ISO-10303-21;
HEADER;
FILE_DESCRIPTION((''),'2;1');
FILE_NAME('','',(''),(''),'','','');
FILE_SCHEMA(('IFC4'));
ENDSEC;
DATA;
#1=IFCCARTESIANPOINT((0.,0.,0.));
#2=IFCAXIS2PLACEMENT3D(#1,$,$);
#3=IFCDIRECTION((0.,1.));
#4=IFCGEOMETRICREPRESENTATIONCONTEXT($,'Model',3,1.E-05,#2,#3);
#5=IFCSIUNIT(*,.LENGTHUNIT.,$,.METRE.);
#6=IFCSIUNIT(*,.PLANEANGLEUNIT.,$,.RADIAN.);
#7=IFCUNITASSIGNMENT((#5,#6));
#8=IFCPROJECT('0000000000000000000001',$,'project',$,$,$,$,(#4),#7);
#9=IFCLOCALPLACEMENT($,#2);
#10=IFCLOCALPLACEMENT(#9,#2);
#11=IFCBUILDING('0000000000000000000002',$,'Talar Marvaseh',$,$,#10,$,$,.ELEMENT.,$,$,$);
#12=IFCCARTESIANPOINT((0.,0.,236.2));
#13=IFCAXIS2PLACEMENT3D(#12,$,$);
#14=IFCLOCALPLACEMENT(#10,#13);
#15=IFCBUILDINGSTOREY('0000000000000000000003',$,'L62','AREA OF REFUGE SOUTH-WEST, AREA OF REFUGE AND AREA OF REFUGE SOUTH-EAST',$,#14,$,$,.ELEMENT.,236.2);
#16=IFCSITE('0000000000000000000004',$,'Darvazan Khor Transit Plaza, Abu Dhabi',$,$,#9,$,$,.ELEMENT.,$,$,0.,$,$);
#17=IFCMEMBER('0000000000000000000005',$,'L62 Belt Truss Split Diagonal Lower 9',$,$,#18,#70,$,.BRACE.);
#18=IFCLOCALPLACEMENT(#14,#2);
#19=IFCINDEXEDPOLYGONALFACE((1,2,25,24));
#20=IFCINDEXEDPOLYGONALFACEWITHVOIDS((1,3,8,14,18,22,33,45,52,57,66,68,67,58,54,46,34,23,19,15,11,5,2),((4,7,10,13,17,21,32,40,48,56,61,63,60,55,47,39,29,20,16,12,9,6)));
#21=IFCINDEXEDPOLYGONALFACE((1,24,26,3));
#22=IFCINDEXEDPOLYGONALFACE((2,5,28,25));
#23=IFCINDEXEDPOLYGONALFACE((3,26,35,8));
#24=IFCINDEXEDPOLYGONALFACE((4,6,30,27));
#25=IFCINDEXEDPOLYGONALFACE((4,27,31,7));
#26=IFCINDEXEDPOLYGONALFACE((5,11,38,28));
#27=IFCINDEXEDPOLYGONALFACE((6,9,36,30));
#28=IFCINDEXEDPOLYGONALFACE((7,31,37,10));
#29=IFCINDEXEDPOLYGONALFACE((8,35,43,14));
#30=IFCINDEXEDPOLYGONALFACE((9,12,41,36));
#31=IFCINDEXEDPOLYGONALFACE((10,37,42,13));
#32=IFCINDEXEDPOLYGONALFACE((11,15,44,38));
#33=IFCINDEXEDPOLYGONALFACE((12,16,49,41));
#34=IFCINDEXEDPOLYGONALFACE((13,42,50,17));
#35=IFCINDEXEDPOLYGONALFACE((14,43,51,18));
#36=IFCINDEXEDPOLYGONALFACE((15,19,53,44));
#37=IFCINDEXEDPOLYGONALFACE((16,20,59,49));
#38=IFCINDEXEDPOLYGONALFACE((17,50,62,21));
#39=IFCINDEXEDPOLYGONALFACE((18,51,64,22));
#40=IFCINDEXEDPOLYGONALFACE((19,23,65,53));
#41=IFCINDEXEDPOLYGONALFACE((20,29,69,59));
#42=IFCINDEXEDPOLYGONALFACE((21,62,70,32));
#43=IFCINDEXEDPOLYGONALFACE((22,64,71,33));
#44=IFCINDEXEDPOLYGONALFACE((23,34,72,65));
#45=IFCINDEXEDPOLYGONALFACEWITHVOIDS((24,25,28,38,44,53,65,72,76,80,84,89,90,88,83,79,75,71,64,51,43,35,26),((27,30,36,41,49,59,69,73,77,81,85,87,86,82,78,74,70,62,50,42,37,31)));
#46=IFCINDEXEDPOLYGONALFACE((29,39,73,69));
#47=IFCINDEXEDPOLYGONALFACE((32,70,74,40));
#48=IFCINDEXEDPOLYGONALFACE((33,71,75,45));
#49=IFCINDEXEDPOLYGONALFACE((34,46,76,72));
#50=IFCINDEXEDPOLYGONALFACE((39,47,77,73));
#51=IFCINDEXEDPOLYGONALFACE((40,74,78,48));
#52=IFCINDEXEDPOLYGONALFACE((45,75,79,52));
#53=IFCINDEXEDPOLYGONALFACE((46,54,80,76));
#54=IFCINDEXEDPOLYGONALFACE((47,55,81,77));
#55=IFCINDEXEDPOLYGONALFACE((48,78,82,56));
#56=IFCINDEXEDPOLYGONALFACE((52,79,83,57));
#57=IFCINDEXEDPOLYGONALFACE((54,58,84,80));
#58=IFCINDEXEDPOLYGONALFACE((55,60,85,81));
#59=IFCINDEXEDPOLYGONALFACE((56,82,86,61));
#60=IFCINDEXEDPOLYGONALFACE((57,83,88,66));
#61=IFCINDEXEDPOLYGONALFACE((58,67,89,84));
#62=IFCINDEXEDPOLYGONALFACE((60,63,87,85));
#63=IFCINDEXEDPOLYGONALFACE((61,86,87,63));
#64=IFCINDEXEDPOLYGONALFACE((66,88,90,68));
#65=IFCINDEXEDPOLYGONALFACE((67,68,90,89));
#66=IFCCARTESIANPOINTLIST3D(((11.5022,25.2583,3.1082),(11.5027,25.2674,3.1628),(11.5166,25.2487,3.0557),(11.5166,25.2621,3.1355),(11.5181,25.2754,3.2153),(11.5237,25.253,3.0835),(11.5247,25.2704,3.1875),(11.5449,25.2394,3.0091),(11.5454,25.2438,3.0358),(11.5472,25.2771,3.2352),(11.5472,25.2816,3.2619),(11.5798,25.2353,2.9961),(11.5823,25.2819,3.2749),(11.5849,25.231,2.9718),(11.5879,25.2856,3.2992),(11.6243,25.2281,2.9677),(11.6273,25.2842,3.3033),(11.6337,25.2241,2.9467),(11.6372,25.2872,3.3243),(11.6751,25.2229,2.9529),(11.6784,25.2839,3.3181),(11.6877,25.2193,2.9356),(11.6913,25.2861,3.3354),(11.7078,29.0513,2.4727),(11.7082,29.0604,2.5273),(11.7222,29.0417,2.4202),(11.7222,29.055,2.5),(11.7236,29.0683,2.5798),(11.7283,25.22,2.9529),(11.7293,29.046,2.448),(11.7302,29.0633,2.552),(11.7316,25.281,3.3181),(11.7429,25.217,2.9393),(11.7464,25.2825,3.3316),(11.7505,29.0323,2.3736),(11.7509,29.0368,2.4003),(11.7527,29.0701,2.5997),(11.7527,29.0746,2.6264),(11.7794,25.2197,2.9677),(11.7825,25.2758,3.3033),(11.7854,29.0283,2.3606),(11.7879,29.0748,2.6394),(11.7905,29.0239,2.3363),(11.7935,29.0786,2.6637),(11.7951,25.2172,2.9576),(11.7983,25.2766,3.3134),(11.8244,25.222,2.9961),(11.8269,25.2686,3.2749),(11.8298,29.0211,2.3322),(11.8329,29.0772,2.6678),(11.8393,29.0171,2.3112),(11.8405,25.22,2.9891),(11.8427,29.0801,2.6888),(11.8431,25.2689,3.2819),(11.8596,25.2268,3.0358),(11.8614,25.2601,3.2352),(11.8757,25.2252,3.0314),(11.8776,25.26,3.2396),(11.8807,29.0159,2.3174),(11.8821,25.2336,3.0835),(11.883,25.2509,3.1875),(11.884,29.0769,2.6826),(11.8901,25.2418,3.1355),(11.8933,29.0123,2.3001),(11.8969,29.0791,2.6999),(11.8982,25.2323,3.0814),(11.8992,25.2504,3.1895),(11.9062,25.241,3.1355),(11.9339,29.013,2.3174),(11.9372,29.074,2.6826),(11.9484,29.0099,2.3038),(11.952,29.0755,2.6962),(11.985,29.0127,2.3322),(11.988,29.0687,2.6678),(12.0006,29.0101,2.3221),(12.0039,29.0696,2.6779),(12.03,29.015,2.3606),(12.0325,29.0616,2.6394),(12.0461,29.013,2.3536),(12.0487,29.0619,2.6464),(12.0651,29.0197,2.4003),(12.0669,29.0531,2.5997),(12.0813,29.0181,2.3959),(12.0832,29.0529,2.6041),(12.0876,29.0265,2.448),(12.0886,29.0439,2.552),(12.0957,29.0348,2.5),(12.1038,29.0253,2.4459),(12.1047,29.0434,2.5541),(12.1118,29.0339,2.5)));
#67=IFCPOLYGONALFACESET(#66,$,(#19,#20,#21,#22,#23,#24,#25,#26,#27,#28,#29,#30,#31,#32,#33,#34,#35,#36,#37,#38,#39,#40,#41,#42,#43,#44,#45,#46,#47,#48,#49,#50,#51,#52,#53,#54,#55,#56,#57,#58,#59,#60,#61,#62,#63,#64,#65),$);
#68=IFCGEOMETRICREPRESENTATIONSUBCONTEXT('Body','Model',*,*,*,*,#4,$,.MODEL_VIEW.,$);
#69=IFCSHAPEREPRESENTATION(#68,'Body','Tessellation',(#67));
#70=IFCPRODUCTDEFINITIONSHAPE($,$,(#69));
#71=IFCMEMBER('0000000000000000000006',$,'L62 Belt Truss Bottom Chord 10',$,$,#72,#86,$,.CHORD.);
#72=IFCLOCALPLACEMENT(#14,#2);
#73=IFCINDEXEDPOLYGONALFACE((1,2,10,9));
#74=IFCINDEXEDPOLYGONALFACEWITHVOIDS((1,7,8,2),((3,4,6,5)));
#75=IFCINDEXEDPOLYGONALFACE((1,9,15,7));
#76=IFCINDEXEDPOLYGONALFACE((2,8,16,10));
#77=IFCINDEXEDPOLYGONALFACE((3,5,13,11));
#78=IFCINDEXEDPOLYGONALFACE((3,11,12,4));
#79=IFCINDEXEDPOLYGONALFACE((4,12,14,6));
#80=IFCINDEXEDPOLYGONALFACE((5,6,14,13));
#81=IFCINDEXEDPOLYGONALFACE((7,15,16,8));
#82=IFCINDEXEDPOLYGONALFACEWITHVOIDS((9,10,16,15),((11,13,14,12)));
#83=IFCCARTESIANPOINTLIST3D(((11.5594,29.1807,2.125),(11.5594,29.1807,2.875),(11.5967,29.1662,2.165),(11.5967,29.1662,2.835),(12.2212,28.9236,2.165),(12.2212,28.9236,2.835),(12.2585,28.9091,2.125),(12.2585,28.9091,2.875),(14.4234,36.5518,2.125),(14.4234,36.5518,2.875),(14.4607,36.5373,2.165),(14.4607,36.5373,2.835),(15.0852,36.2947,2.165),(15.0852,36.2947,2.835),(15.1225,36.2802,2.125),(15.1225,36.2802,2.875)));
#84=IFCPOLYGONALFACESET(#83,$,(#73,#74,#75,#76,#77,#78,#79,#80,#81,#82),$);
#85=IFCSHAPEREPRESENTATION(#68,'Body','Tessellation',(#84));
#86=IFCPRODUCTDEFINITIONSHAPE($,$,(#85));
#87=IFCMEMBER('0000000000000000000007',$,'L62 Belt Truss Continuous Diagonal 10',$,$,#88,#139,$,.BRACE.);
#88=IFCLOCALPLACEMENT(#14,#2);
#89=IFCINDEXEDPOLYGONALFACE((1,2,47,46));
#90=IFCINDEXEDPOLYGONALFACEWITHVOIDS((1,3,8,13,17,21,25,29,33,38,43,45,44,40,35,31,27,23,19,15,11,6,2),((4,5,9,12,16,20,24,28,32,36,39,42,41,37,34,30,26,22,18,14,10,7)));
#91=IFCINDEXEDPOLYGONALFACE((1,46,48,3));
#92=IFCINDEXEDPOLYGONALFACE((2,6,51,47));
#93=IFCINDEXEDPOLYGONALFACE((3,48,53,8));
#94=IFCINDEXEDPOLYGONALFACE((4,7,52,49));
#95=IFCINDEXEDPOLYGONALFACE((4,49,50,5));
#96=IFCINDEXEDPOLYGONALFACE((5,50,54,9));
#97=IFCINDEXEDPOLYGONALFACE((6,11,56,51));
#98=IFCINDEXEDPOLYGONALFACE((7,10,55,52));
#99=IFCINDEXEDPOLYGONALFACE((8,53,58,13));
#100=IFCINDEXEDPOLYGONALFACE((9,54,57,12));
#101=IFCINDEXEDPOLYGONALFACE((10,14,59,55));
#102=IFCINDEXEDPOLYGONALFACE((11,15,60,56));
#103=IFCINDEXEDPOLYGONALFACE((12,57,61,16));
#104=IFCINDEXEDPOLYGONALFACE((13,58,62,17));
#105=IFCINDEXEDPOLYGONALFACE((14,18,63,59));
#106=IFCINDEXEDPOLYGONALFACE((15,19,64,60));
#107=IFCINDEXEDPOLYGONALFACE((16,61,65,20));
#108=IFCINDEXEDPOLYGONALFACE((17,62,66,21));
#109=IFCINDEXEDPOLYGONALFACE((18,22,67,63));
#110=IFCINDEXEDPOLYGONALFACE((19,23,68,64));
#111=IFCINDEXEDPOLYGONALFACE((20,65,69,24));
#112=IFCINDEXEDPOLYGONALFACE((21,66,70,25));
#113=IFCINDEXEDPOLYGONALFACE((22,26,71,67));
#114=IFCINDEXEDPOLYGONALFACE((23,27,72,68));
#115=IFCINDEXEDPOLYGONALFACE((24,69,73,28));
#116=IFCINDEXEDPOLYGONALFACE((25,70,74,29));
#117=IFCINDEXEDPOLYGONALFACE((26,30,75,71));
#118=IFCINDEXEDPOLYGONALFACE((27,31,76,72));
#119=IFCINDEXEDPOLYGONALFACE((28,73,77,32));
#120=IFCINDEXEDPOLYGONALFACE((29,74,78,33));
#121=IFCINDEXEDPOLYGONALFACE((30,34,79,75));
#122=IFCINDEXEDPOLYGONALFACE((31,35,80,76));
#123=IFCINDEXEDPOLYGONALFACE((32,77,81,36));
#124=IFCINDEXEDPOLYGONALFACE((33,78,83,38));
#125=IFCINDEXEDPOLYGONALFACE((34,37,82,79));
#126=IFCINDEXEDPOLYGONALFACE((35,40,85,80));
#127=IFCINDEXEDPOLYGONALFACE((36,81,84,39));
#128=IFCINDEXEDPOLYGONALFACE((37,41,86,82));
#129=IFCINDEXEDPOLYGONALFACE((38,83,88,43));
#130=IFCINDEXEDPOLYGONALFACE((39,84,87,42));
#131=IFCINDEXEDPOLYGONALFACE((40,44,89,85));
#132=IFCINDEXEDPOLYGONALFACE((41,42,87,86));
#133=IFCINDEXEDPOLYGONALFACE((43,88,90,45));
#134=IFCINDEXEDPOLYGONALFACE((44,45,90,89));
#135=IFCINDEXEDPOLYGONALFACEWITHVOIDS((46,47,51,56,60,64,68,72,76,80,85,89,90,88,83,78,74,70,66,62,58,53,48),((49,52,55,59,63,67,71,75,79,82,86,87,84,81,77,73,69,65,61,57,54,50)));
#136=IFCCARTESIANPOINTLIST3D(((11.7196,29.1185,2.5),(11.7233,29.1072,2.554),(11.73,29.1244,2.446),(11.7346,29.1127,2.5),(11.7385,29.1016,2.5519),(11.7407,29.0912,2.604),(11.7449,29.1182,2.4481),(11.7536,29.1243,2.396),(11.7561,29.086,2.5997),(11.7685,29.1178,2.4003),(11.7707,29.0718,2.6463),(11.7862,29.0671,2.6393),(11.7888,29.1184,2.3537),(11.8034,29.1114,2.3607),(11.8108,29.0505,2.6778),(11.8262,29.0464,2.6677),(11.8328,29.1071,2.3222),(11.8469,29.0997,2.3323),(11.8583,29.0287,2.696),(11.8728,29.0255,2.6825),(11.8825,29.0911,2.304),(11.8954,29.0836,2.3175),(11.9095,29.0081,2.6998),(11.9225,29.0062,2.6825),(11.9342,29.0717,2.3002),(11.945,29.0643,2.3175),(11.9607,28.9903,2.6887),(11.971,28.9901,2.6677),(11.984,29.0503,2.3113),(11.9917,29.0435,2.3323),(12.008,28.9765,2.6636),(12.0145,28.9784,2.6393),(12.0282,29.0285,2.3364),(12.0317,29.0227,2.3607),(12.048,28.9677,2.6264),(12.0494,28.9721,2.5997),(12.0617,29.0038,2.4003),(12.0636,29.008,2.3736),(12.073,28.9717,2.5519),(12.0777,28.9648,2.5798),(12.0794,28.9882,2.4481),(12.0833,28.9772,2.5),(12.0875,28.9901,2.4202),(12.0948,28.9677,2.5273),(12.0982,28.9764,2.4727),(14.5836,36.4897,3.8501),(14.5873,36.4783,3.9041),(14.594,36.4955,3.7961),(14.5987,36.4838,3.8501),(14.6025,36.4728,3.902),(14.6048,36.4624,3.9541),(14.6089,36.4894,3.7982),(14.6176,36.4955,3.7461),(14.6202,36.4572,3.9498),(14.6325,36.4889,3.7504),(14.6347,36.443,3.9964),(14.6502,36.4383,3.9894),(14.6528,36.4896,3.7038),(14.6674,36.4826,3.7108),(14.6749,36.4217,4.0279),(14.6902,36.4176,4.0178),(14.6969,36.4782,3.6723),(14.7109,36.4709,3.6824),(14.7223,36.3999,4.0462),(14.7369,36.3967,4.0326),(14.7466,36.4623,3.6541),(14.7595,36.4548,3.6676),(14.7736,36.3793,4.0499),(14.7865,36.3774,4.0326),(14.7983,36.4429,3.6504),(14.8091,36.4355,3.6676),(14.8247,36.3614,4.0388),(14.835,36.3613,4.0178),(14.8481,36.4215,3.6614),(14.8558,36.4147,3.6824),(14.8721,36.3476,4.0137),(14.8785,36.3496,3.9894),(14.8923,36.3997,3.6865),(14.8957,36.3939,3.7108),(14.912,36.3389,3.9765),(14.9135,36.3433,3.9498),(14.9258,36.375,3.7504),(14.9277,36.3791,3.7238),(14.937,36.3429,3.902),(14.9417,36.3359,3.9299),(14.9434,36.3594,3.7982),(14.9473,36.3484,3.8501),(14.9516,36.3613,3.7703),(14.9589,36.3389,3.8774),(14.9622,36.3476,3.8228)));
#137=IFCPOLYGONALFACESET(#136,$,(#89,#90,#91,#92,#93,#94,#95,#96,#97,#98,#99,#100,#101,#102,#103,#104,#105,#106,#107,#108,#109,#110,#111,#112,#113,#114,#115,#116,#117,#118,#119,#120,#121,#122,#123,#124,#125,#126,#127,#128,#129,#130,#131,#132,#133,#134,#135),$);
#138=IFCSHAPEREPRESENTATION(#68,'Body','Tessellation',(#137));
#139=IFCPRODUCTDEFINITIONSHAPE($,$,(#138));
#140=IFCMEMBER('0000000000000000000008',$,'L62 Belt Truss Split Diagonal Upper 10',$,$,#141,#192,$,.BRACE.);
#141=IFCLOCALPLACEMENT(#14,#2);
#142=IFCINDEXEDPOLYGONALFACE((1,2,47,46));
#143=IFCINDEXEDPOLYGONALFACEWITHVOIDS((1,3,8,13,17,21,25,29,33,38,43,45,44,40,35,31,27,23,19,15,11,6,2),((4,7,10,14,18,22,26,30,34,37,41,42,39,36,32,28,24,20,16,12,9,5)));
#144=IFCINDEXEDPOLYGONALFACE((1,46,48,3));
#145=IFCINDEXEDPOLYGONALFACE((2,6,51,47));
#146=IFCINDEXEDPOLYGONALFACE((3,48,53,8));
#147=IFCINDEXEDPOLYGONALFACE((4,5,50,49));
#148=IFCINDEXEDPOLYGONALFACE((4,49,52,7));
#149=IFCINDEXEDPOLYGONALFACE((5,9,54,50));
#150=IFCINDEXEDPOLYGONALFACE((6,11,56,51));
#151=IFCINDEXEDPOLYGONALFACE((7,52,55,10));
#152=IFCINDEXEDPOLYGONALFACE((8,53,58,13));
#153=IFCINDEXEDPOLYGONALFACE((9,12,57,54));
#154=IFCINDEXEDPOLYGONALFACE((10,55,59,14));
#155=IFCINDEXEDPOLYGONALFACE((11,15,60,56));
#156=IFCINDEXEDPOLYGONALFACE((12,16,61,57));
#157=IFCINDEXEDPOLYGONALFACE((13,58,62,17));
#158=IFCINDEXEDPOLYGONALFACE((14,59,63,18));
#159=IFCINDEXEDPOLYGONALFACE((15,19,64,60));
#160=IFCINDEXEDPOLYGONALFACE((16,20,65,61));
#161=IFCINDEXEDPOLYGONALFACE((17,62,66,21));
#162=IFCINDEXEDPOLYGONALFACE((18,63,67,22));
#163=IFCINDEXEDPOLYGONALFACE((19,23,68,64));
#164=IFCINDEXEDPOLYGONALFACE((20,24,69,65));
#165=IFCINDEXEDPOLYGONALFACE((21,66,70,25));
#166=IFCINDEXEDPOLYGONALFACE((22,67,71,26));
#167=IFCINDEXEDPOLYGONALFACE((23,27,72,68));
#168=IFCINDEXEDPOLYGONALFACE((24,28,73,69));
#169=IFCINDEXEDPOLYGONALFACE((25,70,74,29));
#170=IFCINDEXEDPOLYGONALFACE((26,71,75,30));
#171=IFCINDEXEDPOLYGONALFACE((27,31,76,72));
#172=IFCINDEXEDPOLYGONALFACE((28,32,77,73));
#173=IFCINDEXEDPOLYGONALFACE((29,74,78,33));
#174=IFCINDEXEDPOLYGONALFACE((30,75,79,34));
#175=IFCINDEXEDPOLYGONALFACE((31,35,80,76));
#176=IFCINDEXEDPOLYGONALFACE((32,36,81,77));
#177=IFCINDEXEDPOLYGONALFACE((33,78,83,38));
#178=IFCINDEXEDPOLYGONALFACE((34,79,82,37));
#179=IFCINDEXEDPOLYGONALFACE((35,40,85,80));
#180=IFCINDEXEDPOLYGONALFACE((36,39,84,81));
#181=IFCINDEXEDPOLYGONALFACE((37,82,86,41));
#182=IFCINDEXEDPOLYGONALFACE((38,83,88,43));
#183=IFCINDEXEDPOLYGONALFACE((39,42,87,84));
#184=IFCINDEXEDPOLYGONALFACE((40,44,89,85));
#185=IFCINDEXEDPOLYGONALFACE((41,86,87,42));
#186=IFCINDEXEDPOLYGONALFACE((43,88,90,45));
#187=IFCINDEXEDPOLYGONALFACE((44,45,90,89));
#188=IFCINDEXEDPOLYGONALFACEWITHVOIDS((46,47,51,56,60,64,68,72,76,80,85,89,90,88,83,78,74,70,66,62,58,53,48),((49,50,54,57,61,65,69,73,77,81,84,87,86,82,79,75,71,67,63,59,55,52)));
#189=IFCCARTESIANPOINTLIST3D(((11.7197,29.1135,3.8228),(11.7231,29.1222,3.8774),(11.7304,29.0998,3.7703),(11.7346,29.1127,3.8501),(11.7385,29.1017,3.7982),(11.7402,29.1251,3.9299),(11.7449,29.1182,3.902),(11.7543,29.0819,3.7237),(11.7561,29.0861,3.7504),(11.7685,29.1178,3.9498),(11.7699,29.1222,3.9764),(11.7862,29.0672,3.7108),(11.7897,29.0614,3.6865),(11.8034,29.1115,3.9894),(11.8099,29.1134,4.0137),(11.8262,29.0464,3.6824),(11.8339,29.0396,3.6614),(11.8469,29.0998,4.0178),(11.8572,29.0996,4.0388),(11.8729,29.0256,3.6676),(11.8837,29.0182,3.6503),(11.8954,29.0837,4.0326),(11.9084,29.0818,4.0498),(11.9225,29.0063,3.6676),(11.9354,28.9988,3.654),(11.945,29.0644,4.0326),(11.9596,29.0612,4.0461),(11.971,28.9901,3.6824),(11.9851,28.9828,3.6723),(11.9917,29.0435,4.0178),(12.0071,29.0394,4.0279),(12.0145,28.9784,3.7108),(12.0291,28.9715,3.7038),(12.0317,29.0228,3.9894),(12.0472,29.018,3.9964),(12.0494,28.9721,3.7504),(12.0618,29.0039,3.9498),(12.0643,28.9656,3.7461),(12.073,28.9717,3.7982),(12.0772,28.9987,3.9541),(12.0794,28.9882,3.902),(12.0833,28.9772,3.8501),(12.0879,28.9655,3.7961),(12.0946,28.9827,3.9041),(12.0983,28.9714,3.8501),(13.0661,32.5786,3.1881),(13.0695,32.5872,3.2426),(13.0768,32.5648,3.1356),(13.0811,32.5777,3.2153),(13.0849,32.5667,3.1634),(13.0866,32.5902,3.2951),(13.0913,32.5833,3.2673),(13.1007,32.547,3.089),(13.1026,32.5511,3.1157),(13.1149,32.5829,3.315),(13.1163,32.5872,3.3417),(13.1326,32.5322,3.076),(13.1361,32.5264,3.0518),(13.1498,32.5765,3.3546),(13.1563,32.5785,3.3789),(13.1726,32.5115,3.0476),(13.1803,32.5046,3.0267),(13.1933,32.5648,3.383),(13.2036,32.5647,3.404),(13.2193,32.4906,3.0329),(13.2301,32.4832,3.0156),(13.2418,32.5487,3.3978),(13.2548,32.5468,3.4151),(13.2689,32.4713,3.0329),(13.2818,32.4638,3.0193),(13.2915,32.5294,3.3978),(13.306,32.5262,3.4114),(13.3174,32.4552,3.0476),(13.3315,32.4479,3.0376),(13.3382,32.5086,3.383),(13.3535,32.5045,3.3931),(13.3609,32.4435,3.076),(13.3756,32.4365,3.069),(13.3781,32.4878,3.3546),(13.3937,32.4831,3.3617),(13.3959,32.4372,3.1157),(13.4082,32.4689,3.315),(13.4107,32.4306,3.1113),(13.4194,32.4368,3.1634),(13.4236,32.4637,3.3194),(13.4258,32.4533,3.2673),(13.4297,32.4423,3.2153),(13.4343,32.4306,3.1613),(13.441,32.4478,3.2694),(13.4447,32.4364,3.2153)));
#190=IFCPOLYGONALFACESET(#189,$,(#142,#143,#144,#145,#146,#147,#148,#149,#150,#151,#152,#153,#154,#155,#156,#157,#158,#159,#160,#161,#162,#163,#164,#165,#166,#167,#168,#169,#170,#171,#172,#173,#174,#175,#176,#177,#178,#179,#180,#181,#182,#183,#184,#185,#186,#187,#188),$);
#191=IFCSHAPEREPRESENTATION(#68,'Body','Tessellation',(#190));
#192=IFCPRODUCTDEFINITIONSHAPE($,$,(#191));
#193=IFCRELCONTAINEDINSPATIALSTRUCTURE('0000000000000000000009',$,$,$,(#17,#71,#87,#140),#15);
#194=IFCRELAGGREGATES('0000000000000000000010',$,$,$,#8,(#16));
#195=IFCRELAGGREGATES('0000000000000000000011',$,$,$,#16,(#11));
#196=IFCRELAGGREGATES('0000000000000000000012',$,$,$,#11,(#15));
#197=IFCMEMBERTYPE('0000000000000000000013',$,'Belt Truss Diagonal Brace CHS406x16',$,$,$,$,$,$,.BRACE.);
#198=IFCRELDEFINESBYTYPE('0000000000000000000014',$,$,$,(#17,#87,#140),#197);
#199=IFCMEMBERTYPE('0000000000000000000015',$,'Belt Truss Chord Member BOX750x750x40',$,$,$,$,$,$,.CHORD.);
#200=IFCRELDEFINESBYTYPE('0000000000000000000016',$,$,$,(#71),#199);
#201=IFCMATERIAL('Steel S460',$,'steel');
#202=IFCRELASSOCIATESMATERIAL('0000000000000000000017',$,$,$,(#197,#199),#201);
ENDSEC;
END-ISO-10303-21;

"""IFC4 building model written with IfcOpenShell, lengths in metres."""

from ifc_helpers import new_model, si_unit, direction, frame, origin, origin_2d, place, context, subcontext, project, spatial, hollow_rectangle, hollow_circle, extrude, source, transform, mapped, material, material_profile, profile_set, type_object, type_shapes, element, save


model = new_model("IFC4")

# Units and contexts
model_context = context("Model", 3, precision=1e-05, world=origin(), true_north=direction((0.0, 1.0)))
body_context = subcontext(model_context, "Body", "Model", "MODEL_VIEW")
ifc_project = project(units=[si_unit("LENGTHUNIT", "METRE"), si_unit("PLANEANGLEUNIT", "RADIAN")], contexts=[model_context])

# Site, building, storey
site_placement = place(None, origin())
site = spatial("IfcSite", under=ifc_project, at=site_placement, Name="Darvazan Khor Transit Plaza, Abu Dhabi", CompositionType="ELEMENT", RefElevation=0.0)
building_placement = place(site_placement, origin())
building = spatial("IfcBuilding", under=site, at=building_placement, Name="Talar Marvaseh", CompositionType="ELEMENT")
storey_placement = place(building_placement, frame((0.0, 0.0, 236.2)))
storey = spatial("IfcBuildingStorey", under=building, at=storey_placement, Name="L62", Description="AREA OF REFUGE SOUTH-WEST, AREA OF REFUGE AND AREA OF REFUGE SOUTH-EAST", CompositionType="ELEMENT", Elevation=236.2)

# Shared definitions
ifc_material_1 = material(Name="Steel S460", Category="steel")

# Members
ifc_material_profile_1 = material_profile(ifc_material_1, hollow_circle(Radius=0.2031, WallThickness=0.0161, at=origin_2d()), Name="CHS406x16")
ifc_profile_set_1 = profile_set([ifc_material_profile_1], Name="Steel S460")
member_type_1 = type_object("IfcMemberType", Name="Belt Truss Diagonal Brace CHS406x16", PredefinedType="BRACE", material=ifc_profile_set_1)
shared_shape_1 = source(origin(), body_context, "Body", "SweptSolid", [
    extrude(hollow_circle(Radius=0.2031, WallThickness=0.0161, at=origin_2d()), origin(), (0.0, 0.0, 1.0), 3.8513),
])
member_1_placement = place(storey_placement, frame((11.9089, 29.0449, 2.5), z_axis=(-0.053375, -0.984847, 0.165008), x_axis=(0.998535, -0.054117, 0.0)))
element("IfcMember", 1, at=member_1_placement, inside=storey, type_object=member_type_1, Name="L62 Belt Truss Split Diagonal Lower 9", PredefinedType="BRACE", context=body_context, shape_type="MappedRepresentation", body=[
    mapped(shared_shape_1, transform((0.0, 0.0, 0.0), x_axis=(1.0, 0.0, 0.0), y_axis=(0.0, 1.0, 0.0), z_axis=(0.0, 0.0, 1.0), scale=1.0)),
])
ifc_material_profile_2 = material_profile(ifc_material_1, hollow_rectangle(XDim=0.75, YDim=0.75, WallThickness=0.04, at=origin_2d()), Name="BOX750x750x40")
ifc_profile_set_2 = profile_set([ifc_material_profile_2], Name="Steel S460")
member_type_2 = type_object("IfcMemberType", Name="Belt Truss Chord Member BOX750x750x40", PredefinedType="CHORD", material=ifc_profile_set_2)
shared_shape_2 = source(origin(), body_context, "Body", "SweptSolid", [
    extrude(hollow_rectangle(XDim=0.75, YDim=0.75, WallThickness=0.04, at=origin_2d()), origin(), (0.0, 0.0, 1.0), 7.908),
])
type_shapes(member_type_2, [shared_shape_2])
member_2_placement = place(storey_placement, frame((11.9089, 29.0449, 2.5), z_axis=(0.362169, 0.932112, 0.0), x_axis=(-0.932112, 0.362169, 0.0)))
element("IfcMember", 2, at=member_2_placement, inside=storey, type_object=member_type_2, Name="L62 Belt Truss Bottom Chord 10", PredefinedType="CHORD", context=body_context, shape_type="MappedRepresentation", body=[
    mapped(shared_shape_2, transform((0.0, 0.0, 0.0), x_axis=(1.0, 0.0, 0.0), y_axis=(0.0, 1.0, 0.0), z_axis=(0.0, 0.0, 1.0), scale=1.0)),
])
shared_shape_3 = source(origin(), body_context, "Body", "SweptSolid", [
    extrude(hollow_circle(Radius=0.2031, WallThickness=0.0161, at=origin_2d()), origin(), (0.0, 0.0, 1.0), 8.0225),
])
member_3_placement = place(storey_placement, frame((11.9089, 29.0449, 2.5), z_axis=(0.357004, 0.918818, 0.168292), x_axis=(-0.932112, 0.362169, 0.0)))
element("IfcMember", 3, at=member_3_placement, inside=storey, type_object=member_type_1, Name="L62 Belt Truss Continuous Diagonal 10", PredefinedType="BRACE", context=body_context, shape_type="MappedRepresentation", body=[
    mapped(shared_shape_3, transform((0.0, 0.0, 0.0), x_axis=(1.0, 0.0, 0.0), y_axis=(0.0, 1.0, 0.0), z_axis=(0.0, 0.0, 1.0), scale=1.0)),
])
shared_shape_4 = source(origin(), body_context, "Body", "SweptSolid", [
    extrude(hollow_circle(Radius=0.2031, WallThickness=0.0161, at=origin_2d()), origin(), (0.0, 0.0, 1.0), 3.7712),
])
type_shapes(member_type_1, [shared_shape_1, shared_shape_3, shared_shape_4])
member_4_placement = place(storey_placement, frame((13.2554, 32.51, 3.2153), z_axis=(-0.357022, -0.918806, 0.168315), x_axis=(0.932104, -0.36219, 0.0)))
element("IfcMember", 4, at=member_4_placement, inside=storey, type_object=member_type_1, Name="L62 Belt Truss Split Diagonal Upper 10", PredefinedType="BRACE", context=body_context, shape_type="MappedRepresentation", body=[
    mapped(shared_shape_4, transform((0.0, 0.0, 0.0), x_axis=(1.0, 0.0, 0.0), y_axis=(0.0, 1.0, 0.0), z_axis=(0.0, 0.0, 1.0), scale=1.0)),
])

save(model, "model.ifc")
